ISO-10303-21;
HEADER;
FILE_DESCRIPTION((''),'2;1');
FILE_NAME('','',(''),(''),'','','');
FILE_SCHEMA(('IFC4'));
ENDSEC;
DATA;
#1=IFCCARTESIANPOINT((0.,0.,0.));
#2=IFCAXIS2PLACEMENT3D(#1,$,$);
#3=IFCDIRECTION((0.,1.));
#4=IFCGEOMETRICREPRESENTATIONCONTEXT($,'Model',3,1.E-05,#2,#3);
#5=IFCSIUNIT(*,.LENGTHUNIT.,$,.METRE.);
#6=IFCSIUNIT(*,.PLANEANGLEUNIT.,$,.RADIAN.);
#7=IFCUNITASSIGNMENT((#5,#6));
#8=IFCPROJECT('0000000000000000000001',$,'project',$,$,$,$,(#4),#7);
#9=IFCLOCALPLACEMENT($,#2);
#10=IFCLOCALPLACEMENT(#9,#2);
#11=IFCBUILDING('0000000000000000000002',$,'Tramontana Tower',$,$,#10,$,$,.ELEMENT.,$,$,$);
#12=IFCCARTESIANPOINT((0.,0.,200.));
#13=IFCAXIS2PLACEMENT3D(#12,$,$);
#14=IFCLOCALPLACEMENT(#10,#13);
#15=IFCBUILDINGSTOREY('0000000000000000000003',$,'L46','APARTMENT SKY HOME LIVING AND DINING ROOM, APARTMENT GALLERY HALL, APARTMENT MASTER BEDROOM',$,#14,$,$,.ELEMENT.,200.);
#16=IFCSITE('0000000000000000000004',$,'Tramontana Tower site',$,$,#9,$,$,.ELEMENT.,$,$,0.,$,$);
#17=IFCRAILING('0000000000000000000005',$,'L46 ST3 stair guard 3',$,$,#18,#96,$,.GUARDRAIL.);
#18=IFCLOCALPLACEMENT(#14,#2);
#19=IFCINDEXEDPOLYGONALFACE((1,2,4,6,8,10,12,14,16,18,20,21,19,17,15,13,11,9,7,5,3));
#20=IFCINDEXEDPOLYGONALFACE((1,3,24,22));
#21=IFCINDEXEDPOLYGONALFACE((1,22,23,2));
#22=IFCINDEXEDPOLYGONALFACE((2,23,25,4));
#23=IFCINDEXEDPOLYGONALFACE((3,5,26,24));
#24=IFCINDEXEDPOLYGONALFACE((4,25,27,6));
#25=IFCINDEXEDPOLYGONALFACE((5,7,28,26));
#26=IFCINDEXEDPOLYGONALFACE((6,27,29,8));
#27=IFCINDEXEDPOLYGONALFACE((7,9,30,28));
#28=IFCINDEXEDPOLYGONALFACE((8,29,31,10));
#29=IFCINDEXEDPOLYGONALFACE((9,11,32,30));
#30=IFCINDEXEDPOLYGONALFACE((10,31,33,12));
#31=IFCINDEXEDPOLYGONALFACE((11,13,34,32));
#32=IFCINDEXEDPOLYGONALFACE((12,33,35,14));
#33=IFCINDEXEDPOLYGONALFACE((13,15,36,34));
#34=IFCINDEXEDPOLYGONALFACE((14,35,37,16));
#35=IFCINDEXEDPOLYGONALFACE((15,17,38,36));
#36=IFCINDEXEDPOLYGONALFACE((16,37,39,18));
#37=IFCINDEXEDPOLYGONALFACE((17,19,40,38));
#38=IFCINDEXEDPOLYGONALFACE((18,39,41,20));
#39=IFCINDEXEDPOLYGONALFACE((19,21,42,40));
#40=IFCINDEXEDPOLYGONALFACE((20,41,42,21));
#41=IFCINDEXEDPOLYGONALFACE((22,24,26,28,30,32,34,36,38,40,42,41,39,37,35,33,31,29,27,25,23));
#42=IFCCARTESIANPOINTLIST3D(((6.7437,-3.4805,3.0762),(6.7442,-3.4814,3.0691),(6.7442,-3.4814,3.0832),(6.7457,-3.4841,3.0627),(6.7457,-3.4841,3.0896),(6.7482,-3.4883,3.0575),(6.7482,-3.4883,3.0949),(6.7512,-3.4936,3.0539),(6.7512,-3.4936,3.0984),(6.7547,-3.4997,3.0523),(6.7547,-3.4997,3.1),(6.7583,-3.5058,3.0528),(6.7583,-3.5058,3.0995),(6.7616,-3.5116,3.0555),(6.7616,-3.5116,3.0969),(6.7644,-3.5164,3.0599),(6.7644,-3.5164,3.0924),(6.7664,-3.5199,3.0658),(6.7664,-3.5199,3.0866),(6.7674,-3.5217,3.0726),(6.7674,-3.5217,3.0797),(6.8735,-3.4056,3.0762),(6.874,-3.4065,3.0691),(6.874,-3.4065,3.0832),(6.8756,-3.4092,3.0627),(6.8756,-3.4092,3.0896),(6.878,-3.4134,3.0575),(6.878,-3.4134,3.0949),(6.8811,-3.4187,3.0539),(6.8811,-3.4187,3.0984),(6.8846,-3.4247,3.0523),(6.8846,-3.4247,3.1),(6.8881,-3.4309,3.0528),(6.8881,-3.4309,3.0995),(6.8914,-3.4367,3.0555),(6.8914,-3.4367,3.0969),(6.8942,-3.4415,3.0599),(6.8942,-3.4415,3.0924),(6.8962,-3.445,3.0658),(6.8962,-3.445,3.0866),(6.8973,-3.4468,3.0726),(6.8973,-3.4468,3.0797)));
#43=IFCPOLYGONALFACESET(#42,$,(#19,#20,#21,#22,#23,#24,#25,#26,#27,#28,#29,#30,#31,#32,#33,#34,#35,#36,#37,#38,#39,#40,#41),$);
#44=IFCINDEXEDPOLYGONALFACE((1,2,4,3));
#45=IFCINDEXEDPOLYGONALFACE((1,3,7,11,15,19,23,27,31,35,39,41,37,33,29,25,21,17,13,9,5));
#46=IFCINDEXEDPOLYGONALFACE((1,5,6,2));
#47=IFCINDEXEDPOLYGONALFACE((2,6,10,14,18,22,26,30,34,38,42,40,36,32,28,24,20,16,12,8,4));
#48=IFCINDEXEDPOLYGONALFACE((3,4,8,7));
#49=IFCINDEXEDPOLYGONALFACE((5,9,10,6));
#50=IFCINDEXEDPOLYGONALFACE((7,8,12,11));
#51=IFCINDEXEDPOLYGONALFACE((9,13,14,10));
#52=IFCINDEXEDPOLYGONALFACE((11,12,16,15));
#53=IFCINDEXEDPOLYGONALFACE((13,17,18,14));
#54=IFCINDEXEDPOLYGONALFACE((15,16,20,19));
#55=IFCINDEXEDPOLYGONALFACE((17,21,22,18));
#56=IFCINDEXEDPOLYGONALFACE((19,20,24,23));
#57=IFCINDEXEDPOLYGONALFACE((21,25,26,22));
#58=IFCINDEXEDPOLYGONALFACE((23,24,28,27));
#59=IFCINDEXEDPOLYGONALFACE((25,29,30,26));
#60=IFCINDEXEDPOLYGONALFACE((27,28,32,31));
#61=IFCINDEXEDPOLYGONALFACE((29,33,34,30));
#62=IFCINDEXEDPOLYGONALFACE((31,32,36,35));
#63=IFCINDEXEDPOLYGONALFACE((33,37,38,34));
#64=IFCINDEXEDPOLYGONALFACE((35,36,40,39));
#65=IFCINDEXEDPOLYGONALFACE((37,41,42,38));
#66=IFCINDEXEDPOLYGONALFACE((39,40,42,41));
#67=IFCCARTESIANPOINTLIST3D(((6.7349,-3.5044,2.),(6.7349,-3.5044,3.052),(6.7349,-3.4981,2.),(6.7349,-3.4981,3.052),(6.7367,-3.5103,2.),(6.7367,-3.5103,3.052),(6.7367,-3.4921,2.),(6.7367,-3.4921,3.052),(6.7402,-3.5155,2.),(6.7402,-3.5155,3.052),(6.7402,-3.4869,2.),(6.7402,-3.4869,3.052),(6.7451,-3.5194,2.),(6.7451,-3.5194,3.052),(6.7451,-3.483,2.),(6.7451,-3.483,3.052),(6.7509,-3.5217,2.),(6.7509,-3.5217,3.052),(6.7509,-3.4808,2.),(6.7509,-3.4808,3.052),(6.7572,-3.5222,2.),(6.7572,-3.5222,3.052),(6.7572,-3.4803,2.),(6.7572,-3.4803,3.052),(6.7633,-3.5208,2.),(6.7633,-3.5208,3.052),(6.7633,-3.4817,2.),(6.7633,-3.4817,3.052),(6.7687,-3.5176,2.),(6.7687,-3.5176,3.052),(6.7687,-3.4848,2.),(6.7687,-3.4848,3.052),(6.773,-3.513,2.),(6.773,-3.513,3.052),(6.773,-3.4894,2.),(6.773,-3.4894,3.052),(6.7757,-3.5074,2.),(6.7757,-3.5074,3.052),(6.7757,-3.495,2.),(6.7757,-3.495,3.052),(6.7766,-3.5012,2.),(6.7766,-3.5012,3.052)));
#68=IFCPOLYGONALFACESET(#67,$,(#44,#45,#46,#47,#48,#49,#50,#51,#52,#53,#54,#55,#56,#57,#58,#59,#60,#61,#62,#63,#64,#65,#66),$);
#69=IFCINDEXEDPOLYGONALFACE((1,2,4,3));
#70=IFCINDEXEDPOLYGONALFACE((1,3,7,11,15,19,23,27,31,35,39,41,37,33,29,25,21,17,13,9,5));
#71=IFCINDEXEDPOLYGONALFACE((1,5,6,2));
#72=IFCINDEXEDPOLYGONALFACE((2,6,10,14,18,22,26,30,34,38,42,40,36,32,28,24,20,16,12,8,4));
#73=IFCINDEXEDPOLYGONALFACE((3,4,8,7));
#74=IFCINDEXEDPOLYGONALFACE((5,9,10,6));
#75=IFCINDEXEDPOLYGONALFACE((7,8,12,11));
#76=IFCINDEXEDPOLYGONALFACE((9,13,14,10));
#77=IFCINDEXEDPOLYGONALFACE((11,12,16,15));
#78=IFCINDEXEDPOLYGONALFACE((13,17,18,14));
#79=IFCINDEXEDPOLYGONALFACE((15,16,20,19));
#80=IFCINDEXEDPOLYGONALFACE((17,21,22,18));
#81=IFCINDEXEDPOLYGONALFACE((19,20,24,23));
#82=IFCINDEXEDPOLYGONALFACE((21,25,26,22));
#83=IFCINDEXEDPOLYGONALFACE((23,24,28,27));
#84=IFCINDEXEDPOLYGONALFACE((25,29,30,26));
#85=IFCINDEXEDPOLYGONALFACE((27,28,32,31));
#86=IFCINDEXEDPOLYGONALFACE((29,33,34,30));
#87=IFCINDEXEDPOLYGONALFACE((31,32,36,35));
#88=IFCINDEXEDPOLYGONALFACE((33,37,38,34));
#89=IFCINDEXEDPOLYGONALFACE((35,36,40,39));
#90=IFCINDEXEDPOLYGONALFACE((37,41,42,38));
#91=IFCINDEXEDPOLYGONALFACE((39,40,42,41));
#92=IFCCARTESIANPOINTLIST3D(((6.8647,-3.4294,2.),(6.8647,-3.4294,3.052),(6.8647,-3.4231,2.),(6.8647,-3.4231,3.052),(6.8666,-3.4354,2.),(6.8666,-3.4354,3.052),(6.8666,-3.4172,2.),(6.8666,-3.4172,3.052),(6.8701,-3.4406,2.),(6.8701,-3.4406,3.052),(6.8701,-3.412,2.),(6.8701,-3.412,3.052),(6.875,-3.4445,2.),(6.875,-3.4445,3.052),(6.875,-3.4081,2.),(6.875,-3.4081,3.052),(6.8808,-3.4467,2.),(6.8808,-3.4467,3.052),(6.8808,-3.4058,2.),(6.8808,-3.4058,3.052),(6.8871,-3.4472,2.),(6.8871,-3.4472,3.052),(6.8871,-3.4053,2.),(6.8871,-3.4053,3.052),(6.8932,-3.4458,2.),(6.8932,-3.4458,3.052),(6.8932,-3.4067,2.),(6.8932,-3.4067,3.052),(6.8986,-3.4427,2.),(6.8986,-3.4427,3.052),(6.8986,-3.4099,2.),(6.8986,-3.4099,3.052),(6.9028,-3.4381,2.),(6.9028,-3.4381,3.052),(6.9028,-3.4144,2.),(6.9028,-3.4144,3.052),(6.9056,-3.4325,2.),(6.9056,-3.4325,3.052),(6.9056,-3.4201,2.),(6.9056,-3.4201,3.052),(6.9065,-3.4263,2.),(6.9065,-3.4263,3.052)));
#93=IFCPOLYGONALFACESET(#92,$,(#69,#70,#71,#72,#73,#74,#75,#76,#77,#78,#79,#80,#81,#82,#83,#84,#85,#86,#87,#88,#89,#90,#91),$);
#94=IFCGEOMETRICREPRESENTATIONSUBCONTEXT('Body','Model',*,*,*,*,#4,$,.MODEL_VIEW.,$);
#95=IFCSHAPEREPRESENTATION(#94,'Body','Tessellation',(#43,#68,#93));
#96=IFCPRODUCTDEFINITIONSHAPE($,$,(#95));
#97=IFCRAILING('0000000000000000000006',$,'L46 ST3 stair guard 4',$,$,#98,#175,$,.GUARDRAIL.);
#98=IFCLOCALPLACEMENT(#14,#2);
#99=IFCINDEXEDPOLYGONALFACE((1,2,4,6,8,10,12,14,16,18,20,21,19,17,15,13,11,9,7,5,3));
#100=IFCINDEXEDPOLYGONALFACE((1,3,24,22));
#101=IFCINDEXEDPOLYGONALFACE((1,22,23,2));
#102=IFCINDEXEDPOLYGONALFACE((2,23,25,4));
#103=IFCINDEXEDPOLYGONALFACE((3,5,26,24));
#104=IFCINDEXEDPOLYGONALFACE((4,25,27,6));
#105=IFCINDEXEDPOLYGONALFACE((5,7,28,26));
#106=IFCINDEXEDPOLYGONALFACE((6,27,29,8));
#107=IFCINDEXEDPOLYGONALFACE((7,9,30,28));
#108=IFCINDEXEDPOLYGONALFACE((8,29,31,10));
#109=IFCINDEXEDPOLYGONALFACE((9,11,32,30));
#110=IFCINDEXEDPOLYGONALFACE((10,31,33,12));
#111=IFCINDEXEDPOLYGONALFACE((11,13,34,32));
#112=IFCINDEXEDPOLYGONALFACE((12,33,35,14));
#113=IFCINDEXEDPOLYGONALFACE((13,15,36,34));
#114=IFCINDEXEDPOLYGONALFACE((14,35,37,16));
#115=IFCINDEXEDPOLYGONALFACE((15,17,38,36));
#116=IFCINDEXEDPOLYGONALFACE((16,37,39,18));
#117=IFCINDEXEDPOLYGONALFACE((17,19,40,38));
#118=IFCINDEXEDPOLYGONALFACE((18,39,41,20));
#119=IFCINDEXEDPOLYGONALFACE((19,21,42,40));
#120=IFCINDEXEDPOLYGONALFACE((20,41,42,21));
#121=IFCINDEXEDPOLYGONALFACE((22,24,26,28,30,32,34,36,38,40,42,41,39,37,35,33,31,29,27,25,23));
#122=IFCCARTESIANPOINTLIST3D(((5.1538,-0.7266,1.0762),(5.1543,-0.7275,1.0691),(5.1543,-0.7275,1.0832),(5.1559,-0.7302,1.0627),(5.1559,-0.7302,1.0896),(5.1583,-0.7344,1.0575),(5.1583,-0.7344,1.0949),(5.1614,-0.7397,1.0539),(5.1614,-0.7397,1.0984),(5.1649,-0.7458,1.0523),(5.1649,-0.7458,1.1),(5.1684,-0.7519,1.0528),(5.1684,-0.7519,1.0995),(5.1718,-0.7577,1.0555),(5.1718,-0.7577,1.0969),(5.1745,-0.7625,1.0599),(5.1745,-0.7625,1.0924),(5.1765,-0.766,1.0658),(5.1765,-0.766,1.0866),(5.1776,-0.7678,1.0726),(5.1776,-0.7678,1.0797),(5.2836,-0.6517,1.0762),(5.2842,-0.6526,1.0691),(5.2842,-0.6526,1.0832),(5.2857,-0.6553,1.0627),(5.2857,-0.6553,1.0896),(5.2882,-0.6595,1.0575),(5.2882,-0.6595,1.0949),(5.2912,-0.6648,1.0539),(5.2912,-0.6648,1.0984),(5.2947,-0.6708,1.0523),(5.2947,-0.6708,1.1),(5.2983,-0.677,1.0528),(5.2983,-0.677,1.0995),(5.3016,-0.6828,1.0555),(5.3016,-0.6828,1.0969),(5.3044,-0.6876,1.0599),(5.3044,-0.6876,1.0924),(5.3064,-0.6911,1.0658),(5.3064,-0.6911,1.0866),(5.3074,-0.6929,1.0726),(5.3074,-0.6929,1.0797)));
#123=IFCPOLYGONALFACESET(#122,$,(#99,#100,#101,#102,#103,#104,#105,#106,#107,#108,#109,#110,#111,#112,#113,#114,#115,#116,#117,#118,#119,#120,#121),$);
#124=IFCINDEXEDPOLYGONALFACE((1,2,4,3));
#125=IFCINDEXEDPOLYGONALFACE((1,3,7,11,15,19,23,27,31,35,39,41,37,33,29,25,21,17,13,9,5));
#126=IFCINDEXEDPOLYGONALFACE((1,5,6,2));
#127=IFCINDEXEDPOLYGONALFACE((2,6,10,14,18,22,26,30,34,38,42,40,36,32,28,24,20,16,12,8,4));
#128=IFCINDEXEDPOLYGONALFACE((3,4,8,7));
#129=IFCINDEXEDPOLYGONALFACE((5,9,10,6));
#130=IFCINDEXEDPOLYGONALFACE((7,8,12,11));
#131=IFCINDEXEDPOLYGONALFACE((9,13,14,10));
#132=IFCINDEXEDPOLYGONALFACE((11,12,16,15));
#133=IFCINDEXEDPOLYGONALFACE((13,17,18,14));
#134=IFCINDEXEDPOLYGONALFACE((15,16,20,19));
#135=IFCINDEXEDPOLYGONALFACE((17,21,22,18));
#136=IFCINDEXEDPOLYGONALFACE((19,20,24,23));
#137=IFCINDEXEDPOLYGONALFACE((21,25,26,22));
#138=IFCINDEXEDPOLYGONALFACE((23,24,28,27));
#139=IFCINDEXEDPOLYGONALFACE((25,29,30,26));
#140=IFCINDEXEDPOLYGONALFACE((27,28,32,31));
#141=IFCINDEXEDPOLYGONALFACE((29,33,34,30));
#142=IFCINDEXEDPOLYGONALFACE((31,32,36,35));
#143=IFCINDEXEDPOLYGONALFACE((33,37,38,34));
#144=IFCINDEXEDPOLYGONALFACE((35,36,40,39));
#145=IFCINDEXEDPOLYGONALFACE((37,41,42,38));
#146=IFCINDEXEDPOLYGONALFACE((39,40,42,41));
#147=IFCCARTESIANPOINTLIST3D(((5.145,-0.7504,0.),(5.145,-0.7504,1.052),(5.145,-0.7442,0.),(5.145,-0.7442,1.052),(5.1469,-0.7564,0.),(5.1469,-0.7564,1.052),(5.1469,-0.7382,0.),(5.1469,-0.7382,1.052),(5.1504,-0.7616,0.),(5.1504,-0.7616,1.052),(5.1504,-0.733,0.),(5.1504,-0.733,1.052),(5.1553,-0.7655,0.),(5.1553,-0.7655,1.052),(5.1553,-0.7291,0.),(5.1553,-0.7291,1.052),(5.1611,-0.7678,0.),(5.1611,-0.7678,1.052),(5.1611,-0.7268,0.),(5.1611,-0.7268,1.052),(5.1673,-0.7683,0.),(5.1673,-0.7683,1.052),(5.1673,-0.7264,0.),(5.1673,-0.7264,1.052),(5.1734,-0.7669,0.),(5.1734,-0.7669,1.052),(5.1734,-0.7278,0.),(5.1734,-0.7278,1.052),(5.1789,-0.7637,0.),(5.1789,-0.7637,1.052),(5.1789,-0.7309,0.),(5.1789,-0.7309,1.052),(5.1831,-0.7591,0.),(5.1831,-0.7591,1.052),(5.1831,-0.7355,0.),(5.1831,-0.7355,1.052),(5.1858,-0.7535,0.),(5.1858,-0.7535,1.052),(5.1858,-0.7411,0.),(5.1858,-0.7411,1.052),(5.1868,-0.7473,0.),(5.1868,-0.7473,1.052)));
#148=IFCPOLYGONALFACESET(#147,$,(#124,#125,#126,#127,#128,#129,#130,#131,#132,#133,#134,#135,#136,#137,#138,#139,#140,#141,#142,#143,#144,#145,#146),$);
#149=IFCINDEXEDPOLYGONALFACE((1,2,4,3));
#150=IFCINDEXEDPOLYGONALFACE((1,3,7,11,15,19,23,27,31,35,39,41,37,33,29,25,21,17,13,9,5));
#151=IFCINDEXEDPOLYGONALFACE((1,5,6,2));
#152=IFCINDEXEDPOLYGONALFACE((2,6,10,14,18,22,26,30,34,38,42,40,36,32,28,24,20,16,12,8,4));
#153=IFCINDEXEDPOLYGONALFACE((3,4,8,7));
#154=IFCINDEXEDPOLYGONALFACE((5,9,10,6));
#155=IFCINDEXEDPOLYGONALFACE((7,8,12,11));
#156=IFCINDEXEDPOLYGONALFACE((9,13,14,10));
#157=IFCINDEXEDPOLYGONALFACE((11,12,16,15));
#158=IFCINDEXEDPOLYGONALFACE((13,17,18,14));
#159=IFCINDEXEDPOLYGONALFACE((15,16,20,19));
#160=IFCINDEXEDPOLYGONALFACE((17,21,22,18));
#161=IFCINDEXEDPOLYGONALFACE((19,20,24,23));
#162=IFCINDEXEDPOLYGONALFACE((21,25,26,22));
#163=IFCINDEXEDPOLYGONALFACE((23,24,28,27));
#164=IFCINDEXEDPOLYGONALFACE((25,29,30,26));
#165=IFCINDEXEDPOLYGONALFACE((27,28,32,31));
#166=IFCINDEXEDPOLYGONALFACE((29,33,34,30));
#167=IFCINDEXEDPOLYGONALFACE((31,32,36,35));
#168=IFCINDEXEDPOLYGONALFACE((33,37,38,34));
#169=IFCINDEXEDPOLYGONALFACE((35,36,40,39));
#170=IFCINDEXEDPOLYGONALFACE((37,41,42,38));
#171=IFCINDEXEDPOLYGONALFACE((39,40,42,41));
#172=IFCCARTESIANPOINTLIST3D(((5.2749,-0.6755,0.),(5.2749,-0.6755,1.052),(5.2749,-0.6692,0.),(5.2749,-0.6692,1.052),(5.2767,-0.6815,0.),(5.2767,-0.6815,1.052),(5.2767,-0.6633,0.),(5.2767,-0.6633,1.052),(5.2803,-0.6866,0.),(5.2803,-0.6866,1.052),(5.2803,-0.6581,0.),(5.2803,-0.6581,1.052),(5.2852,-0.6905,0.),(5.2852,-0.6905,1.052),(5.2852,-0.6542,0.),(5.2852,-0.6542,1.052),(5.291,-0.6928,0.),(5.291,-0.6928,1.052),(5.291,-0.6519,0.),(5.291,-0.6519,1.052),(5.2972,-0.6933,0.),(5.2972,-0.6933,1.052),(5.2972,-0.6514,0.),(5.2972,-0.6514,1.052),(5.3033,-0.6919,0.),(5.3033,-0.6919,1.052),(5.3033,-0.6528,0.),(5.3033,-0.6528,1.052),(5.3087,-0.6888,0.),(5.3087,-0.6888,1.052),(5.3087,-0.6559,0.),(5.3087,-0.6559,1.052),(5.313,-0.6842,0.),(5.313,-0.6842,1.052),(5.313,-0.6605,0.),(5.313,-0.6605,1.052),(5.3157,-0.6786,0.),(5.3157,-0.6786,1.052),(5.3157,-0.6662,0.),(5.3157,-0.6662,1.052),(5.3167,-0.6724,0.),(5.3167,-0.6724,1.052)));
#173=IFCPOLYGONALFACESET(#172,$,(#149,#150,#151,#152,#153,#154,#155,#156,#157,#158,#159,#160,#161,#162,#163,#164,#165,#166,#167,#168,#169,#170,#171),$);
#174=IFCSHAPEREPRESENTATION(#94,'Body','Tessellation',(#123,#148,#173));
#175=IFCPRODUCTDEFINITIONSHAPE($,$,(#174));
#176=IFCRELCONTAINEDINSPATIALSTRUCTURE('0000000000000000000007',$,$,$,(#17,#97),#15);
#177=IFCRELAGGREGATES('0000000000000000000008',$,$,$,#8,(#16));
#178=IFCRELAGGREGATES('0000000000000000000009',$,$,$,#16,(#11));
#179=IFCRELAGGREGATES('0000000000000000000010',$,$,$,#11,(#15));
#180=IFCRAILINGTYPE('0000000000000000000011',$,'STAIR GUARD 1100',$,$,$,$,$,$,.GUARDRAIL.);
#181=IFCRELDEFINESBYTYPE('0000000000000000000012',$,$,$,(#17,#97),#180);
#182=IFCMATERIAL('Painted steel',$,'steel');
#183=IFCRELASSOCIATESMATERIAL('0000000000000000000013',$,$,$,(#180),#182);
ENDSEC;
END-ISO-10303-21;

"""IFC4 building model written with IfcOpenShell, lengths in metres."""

from ifc_helpers import new_model, si_unit, direction, frame, origin, origin_2d, place, context, subcontext, project, spatial, circle, extrude, material, type_object, element, save


model = new_model("IFC4")

# Units and contexts
model_context = context("Model", 3, precision=1e-05, world=origin(), true_north=direction((0.0, 1.0)))
body_context = subcontext(model_context, "Body", "Model", "MODEL_VIEW")
ifc_project = project(units=[si_unit("LENGTHUNIT", "METRE"), si_unit("PLANEANGLEUNIT", "RADIAN")], contexts=[model_context])

# Site, building, storey
site_placement = place(None, origin())
site = spatial("IfcSite", under=ifc_project, at=site_placement, Name="Tramontana Tower site", CompositionType="ELEMENT", RefElevation=0.0)
building_placement = place(site_placement, origin())
building = spatial("IfcBuilding", under=site, at=building_placement, Name="Tramontana Tower", CompositionType="ELEMENT")
storey_placement = place(building_placement, frame((0.0, 0.0, 200.0)))
storey = spatial("IfcBuildingStorey", under=building, at=storey_placement, Name="L46", Description="APARTMENT SKY HOME LIVING AND DINING ROOM, APARTMENT GALLERY HALL, APARTMENT MASTER BEDROOM", CompositionType="ELEMENT", Elevation=200.0)

# Railings
ifc_material_1 = material(Name="Painted steel", Category="steel")
railing_type_1 = type_object("IfcRailingType", Name="STAIR GUARD 1100", PredefinedType="GUARDRAIL", material=ifc_material_1)
for number, where, name in (
    (1, (6.7556, -3.5012, 2.0), "L46 ST3 stair guard 3"),
    (2, (5.1658, -0.7473, 0.0), "L46 ST3 stair guard 4"),
):
    element("IfcRailing", number, at=place(storey_placement, frame(where)), inside=storey, type_object=railing_type_1, Name=name, PredefinedType="GUARDRAIL", context=body_context, shape_type="SweptSolid", body=[
        extrude(circle(Radius=0.0239, at=origin_2d()), frame((0.0, 0.0, 1.0762), z_axis=(0.866131, 0.499816, 0.0), x_axis=(-0.499816, 0.866131, 0.0)), (0.0, 0.0, 1.0), 0.1499),
        extrude(circle(Radius=0.021, at=origin_2d()), origin(), (0.0, 0.0, 1.0), 1.052),
        extrude(circle(Radius=0.021, at=origin_2d()), frame((0.1299, 0.075, 0.0)), (0.0, 0.0, 1.0), 1.052),
    ])

save(model, "model.ifc")
